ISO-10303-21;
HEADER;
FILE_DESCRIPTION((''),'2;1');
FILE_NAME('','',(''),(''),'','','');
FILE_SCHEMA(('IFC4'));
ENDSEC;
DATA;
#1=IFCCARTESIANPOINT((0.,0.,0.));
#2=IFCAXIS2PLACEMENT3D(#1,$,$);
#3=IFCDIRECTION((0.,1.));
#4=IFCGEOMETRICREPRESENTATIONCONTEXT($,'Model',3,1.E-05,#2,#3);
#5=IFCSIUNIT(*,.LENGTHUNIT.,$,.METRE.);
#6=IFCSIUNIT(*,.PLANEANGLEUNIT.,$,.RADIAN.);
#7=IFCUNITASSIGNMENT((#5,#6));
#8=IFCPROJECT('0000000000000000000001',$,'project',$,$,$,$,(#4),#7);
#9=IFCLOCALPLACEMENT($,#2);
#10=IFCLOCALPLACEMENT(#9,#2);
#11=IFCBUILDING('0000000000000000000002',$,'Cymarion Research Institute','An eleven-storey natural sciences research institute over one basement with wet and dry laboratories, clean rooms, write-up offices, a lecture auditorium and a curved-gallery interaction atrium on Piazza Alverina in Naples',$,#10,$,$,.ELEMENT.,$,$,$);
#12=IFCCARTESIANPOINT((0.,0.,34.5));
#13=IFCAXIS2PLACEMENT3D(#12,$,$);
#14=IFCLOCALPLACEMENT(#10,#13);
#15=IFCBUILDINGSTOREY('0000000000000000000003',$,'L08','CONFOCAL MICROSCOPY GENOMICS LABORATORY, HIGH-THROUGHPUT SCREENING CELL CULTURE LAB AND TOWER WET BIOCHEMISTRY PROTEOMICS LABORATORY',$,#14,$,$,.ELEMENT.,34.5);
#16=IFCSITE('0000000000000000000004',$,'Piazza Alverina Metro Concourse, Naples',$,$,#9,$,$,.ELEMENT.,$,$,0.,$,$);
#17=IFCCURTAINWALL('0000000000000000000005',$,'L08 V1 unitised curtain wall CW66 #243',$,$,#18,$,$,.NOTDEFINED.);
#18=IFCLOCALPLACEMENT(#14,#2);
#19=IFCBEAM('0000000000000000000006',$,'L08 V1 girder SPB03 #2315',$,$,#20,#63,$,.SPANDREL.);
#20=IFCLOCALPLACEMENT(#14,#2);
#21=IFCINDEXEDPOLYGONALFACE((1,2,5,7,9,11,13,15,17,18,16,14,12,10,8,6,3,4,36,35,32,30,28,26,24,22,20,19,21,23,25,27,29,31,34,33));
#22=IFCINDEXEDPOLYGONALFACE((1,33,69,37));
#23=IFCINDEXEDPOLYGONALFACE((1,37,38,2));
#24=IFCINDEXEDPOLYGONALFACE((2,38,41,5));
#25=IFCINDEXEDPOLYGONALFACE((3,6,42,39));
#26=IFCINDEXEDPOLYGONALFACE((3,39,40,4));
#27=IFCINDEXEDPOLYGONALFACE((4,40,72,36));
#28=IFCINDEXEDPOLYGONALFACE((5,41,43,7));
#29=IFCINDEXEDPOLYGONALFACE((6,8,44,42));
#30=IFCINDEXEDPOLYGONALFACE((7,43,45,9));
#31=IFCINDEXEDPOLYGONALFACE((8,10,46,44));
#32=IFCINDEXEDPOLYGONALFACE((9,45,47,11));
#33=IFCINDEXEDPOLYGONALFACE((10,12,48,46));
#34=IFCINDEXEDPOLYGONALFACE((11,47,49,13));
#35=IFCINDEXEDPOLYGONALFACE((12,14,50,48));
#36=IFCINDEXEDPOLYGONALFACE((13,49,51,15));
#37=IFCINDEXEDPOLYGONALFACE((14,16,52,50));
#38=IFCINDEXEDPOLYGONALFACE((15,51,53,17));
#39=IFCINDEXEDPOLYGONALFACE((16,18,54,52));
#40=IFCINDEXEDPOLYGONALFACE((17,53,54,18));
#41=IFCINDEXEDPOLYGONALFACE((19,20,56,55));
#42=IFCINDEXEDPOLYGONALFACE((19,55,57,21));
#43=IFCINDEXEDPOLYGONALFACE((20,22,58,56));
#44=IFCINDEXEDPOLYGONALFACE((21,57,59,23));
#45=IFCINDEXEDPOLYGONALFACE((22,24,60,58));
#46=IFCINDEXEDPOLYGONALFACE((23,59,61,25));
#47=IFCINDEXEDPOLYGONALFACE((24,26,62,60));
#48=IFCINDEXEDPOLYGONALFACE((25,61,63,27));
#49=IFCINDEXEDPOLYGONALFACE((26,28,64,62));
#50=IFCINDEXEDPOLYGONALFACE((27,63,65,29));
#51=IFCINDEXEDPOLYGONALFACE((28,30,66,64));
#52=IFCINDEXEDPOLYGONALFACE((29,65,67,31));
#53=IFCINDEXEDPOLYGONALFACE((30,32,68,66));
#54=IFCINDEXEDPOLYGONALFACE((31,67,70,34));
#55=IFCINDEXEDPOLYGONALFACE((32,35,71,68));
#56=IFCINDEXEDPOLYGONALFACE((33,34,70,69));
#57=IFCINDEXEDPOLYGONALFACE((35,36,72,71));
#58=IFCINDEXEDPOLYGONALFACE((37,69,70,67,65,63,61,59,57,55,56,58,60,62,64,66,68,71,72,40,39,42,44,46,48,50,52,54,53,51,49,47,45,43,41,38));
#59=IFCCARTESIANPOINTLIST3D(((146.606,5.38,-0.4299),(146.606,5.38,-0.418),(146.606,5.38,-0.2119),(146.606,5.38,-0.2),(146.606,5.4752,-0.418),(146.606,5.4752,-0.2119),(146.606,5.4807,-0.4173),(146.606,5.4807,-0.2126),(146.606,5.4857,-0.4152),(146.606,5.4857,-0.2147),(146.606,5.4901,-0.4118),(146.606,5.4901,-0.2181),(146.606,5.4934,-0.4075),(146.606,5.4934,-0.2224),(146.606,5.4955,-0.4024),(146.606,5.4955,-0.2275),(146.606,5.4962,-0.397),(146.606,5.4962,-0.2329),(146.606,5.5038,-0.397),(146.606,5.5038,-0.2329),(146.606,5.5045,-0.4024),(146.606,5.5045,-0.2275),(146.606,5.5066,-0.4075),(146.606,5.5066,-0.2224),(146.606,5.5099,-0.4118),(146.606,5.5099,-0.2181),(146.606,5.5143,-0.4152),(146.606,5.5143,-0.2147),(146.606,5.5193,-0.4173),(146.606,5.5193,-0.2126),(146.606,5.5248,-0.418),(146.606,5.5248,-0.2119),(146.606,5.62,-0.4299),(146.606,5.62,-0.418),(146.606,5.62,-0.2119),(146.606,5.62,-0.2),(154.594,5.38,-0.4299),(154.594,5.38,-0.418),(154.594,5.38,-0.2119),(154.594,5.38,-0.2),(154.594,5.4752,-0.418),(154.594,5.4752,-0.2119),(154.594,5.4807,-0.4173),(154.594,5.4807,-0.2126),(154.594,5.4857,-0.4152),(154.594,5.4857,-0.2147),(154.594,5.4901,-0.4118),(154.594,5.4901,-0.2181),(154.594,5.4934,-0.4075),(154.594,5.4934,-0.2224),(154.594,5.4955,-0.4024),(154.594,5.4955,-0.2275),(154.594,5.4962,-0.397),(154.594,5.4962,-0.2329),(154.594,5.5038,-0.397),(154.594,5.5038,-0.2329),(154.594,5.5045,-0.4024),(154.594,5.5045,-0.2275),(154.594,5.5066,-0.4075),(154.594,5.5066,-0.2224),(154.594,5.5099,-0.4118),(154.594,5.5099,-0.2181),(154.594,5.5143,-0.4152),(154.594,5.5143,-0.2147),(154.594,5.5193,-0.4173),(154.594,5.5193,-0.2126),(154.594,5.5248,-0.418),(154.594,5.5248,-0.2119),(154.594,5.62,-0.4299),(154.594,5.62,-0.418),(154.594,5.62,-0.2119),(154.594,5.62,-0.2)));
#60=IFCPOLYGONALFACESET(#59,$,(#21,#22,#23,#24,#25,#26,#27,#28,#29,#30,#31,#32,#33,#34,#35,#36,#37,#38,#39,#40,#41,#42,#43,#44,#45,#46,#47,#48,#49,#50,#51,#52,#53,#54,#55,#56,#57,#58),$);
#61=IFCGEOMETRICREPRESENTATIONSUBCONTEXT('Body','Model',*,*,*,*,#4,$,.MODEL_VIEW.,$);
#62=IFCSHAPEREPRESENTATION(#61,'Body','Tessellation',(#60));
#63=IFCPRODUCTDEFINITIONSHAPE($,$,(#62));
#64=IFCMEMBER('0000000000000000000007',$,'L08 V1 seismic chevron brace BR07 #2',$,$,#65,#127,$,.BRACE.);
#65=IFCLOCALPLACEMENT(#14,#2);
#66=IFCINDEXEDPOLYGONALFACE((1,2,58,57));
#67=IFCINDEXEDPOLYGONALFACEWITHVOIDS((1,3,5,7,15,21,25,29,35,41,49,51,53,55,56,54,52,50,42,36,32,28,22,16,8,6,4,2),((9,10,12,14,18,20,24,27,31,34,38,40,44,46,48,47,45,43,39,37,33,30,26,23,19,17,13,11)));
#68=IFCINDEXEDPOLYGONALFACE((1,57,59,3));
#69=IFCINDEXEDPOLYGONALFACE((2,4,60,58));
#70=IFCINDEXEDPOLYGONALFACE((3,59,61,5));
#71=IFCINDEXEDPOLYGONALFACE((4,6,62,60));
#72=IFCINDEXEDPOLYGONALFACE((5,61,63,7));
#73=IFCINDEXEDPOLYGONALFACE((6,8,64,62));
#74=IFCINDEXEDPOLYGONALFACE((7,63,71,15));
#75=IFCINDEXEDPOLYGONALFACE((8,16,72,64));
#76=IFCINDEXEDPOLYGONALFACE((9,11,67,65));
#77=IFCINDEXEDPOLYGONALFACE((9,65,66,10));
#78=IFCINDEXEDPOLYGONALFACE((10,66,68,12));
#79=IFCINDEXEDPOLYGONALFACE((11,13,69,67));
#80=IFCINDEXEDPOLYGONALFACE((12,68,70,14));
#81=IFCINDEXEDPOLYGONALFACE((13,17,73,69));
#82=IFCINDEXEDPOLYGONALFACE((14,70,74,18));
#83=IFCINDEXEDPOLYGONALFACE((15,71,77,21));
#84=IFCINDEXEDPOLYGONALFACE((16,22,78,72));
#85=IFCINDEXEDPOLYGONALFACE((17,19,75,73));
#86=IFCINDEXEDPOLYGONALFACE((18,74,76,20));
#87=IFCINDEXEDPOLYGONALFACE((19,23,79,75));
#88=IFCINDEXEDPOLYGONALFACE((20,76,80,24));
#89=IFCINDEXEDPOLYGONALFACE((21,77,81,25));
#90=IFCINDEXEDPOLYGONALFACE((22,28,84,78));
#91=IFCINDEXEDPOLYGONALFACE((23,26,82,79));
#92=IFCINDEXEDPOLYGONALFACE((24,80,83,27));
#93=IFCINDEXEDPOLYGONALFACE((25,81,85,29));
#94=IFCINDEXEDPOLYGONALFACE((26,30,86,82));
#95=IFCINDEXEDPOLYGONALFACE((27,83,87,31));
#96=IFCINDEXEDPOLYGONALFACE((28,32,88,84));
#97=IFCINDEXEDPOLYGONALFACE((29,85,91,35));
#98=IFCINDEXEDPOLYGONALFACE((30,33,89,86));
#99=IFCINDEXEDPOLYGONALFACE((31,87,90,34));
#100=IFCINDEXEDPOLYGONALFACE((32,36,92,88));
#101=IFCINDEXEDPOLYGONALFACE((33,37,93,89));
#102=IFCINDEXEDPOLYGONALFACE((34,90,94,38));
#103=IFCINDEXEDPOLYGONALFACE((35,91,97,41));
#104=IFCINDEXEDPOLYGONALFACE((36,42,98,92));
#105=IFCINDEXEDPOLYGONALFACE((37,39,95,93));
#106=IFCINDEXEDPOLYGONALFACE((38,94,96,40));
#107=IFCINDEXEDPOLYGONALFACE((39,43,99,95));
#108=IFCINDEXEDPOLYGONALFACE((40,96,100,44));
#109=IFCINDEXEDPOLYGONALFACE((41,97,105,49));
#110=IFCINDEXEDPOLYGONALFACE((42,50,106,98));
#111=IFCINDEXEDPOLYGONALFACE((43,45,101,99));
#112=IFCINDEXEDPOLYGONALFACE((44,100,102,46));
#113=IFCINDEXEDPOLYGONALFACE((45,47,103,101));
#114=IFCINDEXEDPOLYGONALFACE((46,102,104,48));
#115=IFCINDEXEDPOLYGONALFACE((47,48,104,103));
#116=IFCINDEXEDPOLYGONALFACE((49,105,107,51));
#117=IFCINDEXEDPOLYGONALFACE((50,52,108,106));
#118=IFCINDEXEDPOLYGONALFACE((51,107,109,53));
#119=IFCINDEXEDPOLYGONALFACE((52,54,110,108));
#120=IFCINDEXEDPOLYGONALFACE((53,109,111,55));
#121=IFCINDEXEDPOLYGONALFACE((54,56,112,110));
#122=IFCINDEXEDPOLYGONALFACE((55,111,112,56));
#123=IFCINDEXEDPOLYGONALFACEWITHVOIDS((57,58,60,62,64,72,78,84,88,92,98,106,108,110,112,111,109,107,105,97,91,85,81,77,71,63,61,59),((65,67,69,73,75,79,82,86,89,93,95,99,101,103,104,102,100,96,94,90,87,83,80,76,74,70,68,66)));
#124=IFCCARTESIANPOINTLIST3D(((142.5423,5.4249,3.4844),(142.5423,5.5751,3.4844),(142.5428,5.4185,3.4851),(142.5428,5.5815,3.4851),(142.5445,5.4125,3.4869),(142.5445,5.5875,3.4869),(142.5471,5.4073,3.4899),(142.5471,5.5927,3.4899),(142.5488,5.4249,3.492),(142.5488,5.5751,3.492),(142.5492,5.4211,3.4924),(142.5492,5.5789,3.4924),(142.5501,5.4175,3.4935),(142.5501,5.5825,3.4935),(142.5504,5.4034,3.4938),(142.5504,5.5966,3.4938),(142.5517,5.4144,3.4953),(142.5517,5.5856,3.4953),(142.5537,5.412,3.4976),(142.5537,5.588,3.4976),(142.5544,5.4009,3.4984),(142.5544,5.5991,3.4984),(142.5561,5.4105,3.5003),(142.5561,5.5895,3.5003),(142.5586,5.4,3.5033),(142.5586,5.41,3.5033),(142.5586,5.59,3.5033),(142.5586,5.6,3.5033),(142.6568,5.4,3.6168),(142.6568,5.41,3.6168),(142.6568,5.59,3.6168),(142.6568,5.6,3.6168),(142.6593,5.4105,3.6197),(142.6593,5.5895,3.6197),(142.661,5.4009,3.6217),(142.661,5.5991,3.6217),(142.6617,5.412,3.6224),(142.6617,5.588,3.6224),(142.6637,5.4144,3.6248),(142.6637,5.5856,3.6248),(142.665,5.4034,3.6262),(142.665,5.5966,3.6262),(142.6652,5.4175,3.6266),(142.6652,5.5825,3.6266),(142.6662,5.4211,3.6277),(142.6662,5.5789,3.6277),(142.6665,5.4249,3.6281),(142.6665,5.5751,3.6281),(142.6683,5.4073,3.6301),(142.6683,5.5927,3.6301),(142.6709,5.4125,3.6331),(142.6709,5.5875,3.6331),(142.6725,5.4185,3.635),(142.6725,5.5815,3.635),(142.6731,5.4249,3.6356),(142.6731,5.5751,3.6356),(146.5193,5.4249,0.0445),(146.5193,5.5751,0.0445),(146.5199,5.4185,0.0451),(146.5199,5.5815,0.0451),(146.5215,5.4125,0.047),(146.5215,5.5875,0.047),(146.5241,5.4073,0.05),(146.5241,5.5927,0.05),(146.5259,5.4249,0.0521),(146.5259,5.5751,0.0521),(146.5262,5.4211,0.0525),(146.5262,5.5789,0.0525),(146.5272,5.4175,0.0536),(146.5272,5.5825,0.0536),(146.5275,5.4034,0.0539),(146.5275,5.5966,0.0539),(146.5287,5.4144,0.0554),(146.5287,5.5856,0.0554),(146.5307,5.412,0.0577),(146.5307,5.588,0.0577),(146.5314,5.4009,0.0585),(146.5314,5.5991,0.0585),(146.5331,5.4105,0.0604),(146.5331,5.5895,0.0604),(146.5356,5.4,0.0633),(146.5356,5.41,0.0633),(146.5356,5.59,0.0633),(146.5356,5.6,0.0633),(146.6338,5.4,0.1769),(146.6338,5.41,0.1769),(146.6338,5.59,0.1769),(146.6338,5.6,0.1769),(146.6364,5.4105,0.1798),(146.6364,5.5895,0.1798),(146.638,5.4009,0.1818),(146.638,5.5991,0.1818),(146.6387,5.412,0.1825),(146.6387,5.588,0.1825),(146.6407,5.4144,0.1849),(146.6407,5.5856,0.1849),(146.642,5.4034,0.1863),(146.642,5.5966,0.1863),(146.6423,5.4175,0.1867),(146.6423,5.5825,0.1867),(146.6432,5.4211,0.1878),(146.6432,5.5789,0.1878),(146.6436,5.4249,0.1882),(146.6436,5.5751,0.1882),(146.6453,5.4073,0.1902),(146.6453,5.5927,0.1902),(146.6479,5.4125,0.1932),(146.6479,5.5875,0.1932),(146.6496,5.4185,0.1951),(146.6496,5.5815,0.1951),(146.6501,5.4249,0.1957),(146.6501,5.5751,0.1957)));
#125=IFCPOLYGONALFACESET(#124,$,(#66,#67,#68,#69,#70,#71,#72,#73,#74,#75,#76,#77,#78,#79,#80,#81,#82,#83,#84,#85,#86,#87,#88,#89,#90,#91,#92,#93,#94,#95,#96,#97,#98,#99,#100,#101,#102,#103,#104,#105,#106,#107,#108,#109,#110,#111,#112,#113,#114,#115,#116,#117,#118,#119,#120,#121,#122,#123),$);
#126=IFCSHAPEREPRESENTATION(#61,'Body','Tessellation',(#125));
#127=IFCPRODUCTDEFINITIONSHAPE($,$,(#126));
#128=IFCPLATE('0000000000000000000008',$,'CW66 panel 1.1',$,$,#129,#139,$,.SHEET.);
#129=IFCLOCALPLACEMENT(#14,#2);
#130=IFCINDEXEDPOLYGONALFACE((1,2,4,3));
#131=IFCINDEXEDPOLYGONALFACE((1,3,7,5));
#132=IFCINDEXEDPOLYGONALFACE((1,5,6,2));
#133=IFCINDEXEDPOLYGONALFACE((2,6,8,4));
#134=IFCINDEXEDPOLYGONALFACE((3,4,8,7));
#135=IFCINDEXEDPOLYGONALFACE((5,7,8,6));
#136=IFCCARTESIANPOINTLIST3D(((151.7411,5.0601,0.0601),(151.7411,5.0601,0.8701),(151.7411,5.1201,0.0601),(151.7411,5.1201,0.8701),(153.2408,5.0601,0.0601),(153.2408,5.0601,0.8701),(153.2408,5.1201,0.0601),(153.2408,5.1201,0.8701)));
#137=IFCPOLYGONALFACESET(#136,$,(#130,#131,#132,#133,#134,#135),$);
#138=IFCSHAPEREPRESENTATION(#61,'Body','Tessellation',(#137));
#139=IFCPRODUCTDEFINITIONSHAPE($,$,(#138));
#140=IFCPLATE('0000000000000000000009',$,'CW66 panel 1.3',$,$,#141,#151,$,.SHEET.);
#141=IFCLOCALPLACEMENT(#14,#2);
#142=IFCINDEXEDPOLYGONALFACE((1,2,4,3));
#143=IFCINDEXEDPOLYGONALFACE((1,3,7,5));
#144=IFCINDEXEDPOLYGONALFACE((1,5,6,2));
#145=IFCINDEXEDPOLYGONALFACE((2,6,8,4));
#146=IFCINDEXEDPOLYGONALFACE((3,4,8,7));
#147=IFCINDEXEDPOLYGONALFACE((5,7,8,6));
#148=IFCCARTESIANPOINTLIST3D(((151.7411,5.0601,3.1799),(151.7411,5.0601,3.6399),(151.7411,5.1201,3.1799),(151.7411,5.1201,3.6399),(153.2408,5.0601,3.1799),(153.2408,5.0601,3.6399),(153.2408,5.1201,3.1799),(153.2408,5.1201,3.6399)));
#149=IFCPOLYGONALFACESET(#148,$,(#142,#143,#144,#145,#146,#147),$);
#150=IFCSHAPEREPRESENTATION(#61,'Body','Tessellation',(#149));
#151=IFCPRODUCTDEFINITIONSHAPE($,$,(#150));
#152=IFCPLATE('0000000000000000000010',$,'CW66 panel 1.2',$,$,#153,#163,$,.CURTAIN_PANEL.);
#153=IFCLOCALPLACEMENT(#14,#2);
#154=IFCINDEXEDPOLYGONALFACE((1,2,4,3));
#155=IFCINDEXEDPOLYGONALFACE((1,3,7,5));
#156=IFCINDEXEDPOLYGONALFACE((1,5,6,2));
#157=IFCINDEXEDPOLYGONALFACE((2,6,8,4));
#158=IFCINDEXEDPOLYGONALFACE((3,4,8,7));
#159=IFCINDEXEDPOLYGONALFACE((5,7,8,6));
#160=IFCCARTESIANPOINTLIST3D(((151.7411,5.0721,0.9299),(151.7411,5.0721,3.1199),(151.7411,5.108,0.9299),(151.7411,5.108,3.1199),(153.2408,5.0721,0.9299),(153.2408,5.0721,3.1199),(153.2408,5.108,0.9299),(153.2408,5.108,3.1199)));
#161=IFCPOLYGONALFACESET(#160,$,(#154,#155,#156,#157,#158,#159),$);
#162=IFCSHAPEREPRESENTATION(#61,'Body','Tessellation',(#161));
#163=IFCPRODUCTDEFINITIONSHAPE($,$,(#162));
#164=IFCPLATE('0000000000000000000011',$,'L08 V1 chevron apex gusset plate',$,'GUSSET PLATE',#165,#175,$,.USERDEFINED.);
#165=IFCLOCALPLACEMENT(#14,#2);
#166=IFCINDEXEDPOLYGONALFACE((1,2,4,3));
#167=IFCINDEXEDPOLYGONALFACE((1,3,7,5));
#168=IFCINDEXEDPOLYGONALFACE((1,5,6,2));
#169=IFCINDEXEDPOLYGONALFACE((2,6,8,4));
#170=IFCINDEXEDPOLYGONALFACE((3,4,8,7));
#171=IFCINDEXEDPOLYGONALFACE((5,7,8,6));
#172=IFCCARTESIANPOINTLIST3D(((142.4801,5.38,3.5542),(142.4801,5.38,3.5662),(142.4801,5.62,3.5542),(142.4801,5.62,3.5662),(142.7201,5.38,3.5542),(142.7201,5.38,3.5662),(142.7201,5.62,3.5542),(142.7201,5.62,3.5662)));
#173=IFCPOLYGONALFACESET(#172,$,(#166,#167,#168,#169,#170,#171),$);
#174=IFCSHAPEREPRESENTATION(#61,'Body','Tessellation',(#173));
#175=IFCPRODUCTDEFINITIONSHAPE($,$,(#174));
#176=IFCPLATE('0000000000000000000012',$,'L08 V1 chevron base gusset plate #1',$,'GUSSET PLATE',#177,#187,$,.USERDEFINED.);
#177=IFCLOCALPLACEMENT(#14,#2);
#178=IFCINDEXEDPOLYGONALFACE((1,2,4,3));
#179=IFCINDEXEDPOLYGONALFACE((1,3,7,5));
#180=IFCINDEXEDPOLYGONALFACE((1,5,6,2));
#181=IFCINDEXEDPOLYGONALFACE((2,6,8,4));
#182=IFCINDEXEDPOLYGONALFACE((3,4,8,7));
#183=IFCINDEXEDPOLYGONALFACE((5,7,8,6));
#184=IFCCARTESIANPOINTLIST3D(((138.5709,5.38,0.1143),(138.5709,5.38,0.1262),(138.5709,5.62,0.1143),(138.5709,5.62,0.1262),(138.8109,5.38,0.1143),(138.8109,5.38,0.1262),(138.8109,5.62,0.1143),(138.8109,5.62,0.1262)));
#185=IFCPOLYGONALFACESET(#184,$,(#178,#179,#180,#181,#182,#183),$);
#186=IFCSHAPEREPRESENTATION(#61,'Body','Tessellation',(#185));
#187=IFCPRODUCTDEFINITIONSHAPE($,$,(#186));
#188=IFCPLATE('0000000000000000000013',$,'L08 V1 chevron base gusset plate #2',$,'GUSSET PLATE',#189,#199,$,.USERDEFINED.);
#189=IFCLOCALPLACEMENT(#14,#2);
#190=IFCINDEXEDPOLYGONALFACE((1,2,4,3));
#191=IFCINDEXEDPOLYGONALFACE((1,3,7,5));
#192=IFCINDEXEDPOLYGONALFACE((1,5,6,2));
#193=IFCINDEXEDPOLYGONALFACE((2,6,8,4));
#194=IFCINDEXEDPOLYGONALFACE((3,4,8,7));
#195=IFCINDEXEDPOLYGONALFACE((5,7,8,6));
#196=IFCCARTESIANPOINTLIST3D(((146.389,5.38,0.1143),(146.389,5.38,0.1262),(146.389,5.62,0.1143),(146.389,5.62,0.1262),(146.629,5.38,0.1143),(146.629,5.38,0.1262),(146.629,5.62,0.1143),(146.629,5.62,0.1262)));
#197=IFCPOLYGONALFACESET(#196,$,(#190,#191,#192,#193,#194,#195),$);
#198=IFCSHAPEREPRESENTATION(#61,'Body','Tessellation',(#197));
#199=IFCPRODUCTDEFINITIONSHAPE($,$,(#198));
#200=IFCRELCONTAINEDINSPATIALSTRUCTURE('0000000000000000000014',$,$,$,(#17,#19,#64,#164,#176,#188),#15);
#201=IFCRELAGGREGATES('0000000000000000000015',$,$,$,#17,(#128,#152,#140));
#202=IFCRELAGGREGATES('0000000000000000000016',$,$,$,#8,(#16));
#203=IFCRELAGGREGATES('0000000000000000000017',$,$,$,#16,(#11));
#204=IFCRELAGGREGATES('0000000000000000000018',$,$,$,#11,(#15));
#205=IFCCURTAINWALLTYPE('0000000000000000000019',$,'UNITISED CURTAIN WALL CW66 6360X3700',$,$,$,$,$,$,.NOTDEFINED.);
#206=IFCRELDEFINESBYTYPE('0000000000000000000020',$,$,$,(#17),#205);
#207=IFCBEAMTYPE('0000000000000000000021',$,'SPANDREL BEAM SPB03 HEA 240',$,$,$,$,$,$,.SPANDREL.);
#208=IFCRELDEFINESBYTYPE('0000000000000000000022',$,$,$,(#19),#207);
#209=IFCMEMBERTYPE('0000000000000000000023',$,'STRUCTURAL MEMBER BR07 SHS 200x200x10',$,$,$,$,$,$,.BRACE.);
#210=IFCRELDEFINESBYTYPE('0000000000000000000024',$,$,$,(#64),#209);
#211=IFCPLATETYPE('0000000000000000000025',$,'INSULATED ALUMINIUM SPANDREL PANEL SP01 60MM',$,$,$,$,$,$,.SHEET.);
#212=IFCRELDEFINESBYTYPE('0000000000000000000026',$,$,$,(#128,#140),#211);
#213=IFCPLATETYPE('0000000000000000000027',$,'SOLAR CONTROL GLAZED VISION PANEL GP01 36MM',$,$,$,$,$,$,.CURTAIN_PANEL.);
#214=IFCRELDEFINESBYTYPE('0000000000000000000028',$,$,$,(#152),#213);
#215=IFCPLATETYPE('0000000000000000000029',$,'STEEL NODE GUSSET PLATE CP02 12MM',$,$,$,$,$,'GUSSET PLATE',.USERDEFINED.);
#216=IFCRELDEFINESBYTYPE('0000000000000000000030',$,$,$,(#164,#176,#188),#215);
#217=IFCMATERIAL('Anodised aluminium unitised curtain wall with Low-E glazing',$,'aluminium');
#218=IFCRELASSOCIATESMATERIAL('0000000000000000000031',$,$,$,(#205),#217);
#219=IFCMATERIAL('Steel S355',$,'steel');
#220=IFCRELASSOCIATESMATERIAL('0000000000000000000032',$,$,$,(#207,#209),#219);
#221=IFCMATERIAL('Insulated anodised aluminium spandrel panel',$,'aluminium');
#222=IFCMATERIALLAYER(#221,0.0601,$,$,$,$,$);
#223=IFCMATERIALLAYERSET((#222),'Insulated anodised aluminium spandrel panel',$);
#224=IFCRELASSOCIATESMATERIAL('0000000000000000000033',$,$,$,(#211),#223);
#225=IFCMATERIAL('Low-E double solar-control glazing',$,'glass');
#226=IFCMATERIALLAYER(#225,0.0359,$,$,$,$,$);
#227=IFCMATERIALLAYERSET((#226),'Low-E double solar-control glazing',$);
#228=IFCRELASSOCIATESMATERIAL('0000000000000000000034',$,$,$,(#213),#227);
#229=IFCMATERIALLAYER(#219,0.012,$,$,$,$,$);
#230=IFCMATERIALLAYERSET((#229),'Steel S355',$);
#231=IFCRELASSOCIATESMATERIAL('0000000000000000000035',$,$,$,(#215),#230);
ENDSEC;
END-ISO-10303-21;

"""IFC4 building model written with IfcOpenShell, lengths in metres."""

from ifc_helpers import new_model, si_unit, direction, frame, origin, origin_2d, place, context, subcontext, project, spatial, rectangle, hollow_rectangle, i_section, extrude, material, layer, layer_set, material_profile, profile_set, type_object, element, aggregate, save


model = new_model("IFC4")

# Units and contexts
model_context = context("Model", 3, precision=1e-05, world=origin(), true_north=direction((0.0, 1.0)))
body_context = subcontext(model_context, "Body", "Model", "MODEL_VIEW")
ifc_project = project(units=[si_unit("LENGTHUNIT", "METRE"), si_unit("PLANEANGLEUNIT", "RADIAN")], contexts=[model_context])

# Site, building, storey
site_placement = place(None, origin())
site = spatial("IfcSite", under=ifc_project, at=site_placement, Name="Piazza Alverina Metro Concourse, Naples", CompositionType="ELEMENT", RefElevation=0.0)
building_placement = place(site_placement, origin())
building = spatial("IfcBuilding", under=site, at=building_placement, Name="Cymarion Research Institute", Description="An eleven-storey natural sciences research institute over one basement with wet and dry laboratories, clean rooms, write-up offices, a lecture auditorium and a curved-gallery interaction atrium on Piazza Alverina in Naples", CompositionType="ELEMENT")
storey_placement = place(building_placement, frame((0.0, 0.0, 34.5)))
storey = spatial("IfcBuildingStorey", under=building, at=storey_placement, Name="L08", Description="CONFOCAL MICROSCOPY GENOMICS LABORATORY, HIGH-THROUGHPUT SCREENING CELL CULTURE LAB AND TOWER WET BIOCHEMISTRY PROTEOMICS LABORATORY", CompositionType="ELEMENT", Elevation=34.5)

# Shared definitions
ifc_material_1 = material(Name="Steel S355", Category="steel")

# Curtain wall
ifc_material_2 = material(Name="Anodised aluminium unitised curtain wall with Low-E glazing", Category="aluminium")
curtain_wall_type = type_object("IfcCurtainWallType", Name="UNITISED CURTAIN WALL CW66 6360X3700", PredefinedType="NOTDEFINED", material=ifc_material_2)
curtain_wall_placement = place(storey_placement, origin())
curtain_wall = element("IfcCurtainWall", 1, at=curtain_wall_placement, inside=storey, type_object=curtain_wall_type, Name="L08 V1 unitised curtain wall CW66 #243", PredefinedType="NOTDEFINED")

# Beam
ifc_material_profile_1 = material_profile(ifc_material_1, i_section(OverallWidth=0.24, OverallDepth=0.23, WebThickness=0.0076, FlangeThickness=0.012, FilletRadius=0.021, at=origin_2d()), Name="HEA 240")
ifc_profile_set_1 = profile_set([ifc_material_profile_1], Name="Steel S355")
beam_type_1 = type_object("IfcBeamType", Name="SPANDREL BEAM SPB03 HEA 240", PredefinedType="SPANDREL", material=ifc_profile_set_1)
beam_1_placement = place(storey_placement, frame((146.606, 5.5, -0.3149), z_axis=(1.0, 0.0, 0.0), x_axis=(0.0, 1.0, 0.0)))
element("IfcBeam", 2, at=beam_1_placement, inside=storey, type_object=beam_type_1, Name="L08 V1 girder SPB03 #2315", PredefinedType="SPANDREL", context=body_context, shape_type="SweptSolid", body=[
    extrude(i_section(OverallWidth=0.24, OverallDepth=0.23, WebThickness=0.0076, FlangeThickness=0.012, FilletRadius=0.021, at=origin_2d()), origin(), (0.0, 0.0, 1.0), 7.988),
])

# Member
ifc_material_profile_2 = material_profile(ifc_material_1, hollow_rectangle(XDim=0.2, YDim=0.2, WallThickness=0.01, InnerFilletRadius=0.0149, OuterFilletRadius=0.0249, at=origin_2d()), Name="SHS 200x200x10")
ifc_profile_set_2 = profile_set([ifc_material_profile_2], Name="Steel S355")
member_type_1 = type_object("IfcMemberType", Name="STRUCTURAL MEMBER BR07 SHS 200x200x10", PredefinedType="BRACE", material=ifc_profile_set_2)
member_1_placement = place(storey_placement, frame((146.5847, 5.5, 0.1201), z_axis=(-0.756332, 0.0, 0.654188), x_axis=(0.0, -1.0, 0.0)))
element("IfcMember", 3, at=member_1_placement, inside=storey, type_object=member_type_1, Name="L08 V1 seismic chevron brace BR07 #2", PredefinedType="BRACE", context=body_context, shape_type="SweptSolid", body=[
    extrude(hollow_rectangle(XDim=0.2, YDim=0.2, WallThickness=0.01, InnerFilletRadius=0.0149, OuterFilletRadius=0.0249, at=origin_2d()), origin(), (0.0, 0.0, 1.0), 5.2583),
])

# Plates
ifc_material_3 = material(Name="Insulated anodised aluminium spandrel panel", Category="aluminium")
ifc_layer_1 = layer(ifc_material_3, 0.0601)
ifc_layer_set_1 = layer_set([ifc_layer_1], Name="Insulated anodised aluminium spandrel panel")
plate_type_1 = type_object("IfcPlateType", Name="INSULATED ALUMINIUM SPANDREL PANEL SP01 60MM", PredefinedType="SHEET", material=ifc_layer_set_1)
plate_1_placement = place(storey_placement, frame((152.491, 5.0901, 0.0601), z_axis=(0.0, 0.0, 1.0), x_axis=(1.0, 0.0, 0.0)))
plate_1 = element("IfcPlate", 4, at=plate_1_placement, type_object=plate_type_1, Name="CW66 panel 1.1", PredefinedType="SHEET", context=body_context, shape_type="SweptSolid", body=[
    extrude(rectangle(XDim=1.4998, YDim=0.0601, at=origin_2d()), origin(), (0.0, 0.0, 1.0), 0.8101),
])
plate_2_placement = place(storey_placement, frame((152.491, 5.0901, 3.1799), z_axis=(0.0, 0.0, 1.0), x_axis=(1.0, 0.0, 0.0)))
plate_2 = element("IfcPlate", 5, at=plate_2_placement, type_object=plate_type_1, Name="CW66 panel 1.3", PredefinedType="SHEET", context=body_context, shape_type="SweptSolid", body=[
    extrude(rectangle(XDim=1.4998, YDim=0.0601, at=origin_2d()), origin(), (0.0, 0.0, 1.0), 0.46),
])
ifc_material_4 = material(Name="Low-E double solar-control glazing", Category="glass")
ifc_layer_2 = layer(ifc_material_4, 0.0359)
ifc_layer_set_2 = layer_set([ifc_layer_2], Name="Low-E double solar-control glazing")
plate_type_2 = type_object("IfcPlateType", Name="SOLAR CONTROL GLAZED VISION PANEL GP01 36MM", PredefinedType="CURTAIN_PANEL", material=ifc_layer_set_2)
plate_3_placement = place(storey_placement, frame((152.491, 5.0901, 0.9299), z_axis=(0.0, 0.0, 1.0), x_axis=(1.0, 0.0, 0.0)))
plate_3 = element("IfcPlate", 6, at=plate_3_placement, type_object=plate_type_2, Name="CW66 panel 1.2", PredefinedType="CURTAIN_PANEL", context=body_context, shape_type="SweptSolid", body=[
    extrude(rectangle(XDim=1.4998, YDim=0.0359, at=origin_2d()), origin(), (0.0, 0.0, 1.0), 2.1899),
])
aggregate(curtain_wall, [plate_1, plate_3, plate_2])

# Plates
ifc_layer_3 = layer(ifc_material_1, 0.012)
ifc_layer_set_3 = layer_set([ifc_layer_3], Name="Steel S355")
plate_type_3 = type_object("IfcPlateType", Name="STEEL NODE GUSSET PLATE CP02 12MM", ElementType="GUSSET PLATE", PredefinedType="USERDEFINED", material=ifc_layer_set_3)
for number, where, z_axis, x_axis, name in (
    (7, (142.6001, 5.5, 3.5542), (0.0, 0.0, 1.0), (1.0, 0.0, 0.0), "L08 V1 chevron apex gusset plate"),
    (8, (138.6909, 5.5, 0.1143), (0.0, 0.0, 1.0), (1.0, 0.0, 0.0), "L08 V1 chevron base gusset plate #1"),
    (9, (146.509, 5.5, 0.1143), (0.0, 0.0, 1.0), (1.0, 0.0, 0.0), "L08 V1 chevron base gusset plate #2"),
):
    element("IfcPlate", number, at=place(storey_placement, frame(where, z_axis=z_axis, x_axis=x_axis)), inside=storey, type_object=plate_type_3, Name=name, ObjectType="GUSSET PLATE", PredefinedType="USERDEFINED", context=body_context, shape_type="SweptSolid", body=[
        extrude(rectangle(XDim=0.24, YDim=0.24, at=origin_2d()), origin(), (0.0, 0.0, 1.0), 0.012),
    ])

save(model, "model.ifc")
